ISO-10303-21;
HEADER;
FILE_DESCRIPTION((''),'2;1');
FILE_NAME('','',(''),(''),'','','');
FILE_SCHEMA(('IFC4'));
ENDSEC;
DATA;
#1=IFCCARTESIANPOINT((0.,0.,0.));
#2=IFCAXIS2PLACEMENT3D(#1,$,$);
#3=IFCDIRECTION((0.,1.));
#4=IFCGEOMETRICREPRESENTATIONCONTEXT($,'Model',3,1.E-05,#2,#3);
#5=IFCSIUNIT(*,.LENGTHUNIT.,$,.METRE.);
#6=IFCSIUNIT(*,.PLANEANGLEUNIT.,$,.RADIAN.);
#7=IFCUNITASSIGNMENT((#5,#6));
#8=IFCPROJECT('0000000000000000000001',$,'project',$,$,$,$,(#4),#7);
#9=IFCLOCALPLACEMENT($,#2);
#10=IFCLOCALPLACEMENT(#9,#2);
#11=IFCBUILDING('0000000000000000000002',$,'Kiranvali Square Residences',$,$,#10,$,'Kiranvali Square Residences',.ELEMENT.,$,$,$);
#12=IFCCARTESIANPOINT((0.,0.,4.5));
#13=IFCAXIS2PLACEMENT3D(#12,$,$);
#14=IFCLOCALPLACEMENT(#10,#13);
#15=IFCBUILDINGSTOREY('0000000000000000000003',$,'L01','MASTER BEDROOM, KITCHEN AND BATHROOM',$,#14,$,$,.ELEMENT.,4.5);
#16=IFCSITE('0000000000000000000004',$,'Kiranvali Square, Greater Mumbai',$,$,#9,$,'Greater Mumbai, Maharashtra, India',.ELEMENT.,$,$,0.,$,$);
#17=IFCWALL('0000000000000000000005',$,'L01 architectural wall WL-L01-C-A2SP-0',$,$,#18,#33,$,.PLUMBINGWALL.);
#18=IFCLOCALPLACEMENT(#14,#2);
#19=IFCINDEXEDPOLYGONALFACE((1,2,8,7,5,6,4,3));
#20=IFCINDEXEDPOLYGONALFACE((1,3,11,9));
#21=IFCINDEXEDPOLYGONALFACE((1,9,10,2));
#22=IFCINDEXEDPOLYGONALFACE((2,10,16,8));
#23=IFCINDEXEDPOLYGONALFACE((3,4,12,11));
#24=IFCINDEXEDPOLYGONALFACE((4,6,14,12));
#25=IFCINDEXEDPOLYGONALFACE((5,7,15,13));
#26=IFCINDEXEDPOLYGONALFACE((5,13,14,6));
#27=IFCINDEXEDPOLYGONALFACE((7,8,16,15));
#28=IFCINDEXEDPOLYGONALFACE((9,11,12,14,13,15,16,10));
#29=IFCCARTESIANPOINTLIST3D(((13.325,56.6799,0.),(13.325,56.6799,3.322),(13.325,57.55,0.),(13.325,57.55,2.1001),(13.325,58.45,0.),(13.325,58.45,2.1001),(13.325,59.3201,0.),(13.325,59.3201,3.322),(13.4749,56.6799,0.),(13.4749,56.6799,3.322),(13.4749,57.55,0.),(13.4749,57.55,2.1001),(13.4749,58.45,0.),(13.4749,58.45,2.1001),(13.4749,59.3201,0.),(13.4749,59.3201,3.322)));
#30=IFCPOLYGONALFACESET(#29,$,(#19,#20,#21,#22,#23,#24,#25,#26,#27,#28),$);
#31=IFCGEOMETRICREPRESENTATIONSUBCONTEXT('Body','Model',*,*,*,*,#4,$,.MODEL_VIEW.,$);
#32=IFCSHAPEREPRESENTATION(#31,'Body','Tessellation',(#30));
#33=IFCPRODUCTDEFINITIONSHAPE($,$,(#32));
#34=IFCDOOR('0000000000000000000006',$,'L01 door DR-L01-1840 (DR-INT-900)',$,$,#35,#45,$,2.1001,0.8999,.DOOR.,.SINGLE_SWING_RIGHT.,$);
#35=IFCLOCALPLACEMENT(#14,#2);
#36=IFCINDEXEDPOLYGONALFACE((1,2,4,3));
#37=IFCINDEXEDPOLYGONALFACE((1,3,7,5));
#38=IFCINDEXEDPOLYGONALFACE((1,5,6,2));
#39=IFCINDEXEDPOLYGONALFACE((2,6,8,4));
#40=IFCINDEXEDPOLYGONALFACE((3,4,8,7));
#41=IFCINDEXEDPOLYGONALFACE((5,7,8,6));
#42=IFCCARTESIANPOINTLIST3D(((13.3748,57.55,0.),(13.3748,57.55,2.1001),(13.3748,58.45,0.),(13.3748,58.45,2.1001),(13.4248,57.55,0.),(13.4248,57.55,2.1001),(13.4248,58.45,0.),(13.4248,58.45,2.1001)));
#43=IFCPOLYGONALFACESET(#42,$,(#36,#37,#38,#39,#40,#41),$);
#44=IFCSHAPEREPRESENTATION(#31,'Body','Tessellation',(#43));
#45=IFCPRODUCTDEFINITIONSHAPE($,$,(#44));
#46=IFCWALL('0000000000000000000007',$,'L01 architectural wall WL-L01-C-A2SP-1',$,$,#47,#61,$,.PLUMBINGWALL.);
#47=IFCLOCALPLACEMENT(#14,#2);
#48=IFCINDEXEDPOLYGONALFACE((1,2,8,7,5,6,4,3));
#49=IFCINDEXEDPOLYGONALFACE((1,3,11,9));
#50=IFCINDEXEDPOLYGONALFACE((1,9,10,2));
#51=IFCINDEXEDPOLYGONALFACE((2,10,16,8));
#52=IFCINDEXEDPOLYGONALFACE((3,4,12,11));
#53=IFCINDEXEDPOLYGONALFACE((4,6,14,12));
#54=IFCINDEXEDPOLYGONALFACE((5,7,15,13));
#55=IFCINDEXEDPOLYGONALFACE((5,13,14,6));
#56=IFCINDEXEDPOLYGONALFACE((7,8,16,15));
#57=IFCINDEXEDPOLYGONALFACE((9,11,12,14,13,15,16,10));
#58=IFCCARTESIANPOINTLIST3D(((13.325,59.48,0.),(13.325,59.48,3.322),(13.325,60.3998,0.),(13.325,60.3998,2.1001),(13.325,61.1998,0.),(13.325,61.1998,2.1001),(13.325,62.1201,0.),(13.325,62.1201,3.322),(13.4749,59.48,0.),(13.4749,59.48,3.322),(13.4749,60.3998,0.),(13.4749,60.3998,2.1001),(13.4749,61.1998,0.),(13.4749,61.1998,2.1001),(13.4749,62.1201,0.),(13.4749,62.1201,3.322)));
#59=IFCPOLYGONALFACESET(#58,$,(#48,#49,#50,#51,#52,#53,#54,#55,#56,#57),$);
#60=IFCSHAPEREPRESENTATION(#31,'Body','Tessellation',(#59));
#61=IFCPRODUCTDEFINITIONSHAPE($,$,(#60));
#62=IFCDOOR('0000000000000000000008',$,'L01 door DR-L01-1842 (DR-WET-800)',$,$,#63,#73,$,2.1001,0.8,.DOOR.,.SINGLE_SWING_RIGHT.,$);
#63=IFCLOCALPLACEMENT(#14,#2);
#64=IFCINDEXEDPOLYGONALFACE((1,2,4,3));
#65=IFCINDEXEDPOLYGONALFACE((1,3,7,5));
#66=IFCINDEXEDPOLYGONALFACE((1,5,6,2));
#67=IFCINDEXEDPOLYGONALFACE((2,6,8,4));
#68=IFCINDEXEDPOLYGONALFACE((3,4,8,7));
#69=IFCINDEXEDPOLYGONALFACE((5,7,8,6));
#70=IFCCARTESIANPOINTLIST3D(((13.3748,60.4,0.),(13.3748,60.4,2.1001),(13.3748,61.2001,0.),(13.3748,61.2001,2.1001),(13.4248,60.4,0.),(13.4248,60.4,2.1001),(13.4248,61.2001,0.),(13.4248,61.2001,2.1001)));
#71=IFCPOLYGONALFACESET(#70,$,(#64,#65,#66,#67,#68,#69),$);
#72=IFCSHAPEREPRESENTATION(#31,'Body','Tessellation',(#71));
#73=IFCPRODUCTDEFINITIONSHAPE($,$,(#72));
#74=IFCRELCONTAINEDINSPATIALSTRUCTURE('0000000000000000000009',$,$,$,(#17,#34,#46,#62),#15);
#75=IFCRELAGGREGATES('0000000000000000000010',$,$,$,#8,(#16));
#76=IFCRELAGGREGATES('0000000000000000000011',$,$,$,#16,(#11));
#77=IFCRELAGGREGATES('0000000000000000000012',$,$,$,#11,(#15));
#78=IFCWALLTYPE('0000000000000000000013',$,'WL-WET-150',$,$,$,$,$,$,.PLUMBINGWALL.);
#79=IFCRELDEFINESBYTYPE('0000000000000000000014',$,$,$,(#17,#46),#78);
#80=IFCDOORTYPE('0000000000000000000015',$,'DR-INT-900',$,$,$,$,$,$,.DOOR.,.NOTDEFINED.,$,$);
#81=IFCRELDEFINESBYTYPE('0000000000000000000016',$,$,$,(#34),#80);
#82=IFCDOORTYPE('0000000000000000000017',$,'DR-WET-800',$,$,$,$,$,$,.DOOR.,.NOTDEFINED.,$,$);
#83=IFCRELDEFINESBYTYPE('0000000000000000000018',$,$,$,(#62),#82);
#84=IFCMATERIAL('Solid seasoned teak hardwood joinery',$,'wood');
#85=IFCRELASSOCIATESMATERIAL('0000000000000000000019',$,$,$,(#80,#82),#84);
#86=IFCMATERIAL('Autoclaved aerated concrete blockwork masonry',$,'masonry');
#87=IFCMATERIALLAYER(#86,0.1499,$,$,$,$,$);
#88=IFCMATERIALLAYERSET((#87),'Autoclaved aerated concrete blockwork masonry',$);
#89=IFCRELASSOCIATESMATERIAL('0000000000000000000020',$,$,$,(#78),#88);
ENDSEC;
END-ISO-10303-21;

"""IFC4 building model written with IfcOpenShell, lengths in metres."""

from ifc_helpers import new_model, si_unit, direction, frame, frame_2d, origin, place, context, subcontext, project, spatial, rectangle, extrude, material, layer, layer_set, type_object, element, fill, save


model = new_model("IFC4")

# Units and contexts
model_context = context("Model", 3, precision=1e-05, world=origin(), true_north=direction((0.0, 1.0)))
body_context = subcontext(model_context, "Body", "Model", "MODEL_VIEW")
ifc_project = project(units=[si_unit("LENGTHUNIT", "METRE"), si_unit("PLANEANGLEUNIT", "RADIAN")], contexts=[model_context])

# Site, building, storey
site_placement = place(None, origin())
site = spatial("IfcSite", under=ifc_project, at=site_placement, Name="Kiranvali Square, Greater Mumbai", LongName="Greater Mumbai, Maharashtra, India", CompositionType="ELEMENT", RefElevation=0.0)
building_placement = place(site_placement, origin())
building = spatial("IfcBuilding", under=site, at=building_placement, Name="Kiranvali Square Residences", LongName="Kiranvali Square Residences", CompositionType="ELEMENT")
storey_placement = place(building_placement, frame((0.0, 0.0, 4.5)))
storey = spatial("IfcBuildingStorey", under=building, at=storey_placement, Name="L01", Description="MASTER BEDROOM, KITCHEN AND BATHROOM", CompositionType="ELEMENT", Elevation=4.5)

# Shared definitions
ifc_material_1 = material(Name="Autoclaved aerated concrete blockwork masonry", Category="masonry")

# Walls, openings, doors
ifc_material_2 = material(Name="Solid seasoned teak hardwood joinery", Category="wood")
door_type_1 = type_object("IfcDoorType", Name="DR-INT-900", OperationType="NOTDEFINED", PredefinedType="DOOR", material=ifc_material_2)
ifc_layer_1 = layer(ifc_material_1, 0.1499)
ifc_layer_set_1 = layer_set([ifc_layer_1], Name="Autoclaved aerated concrete blockwork masonry")
wall_type_1 = type_object("IfcWallType", Name="WL-WET-150", PredefinedType="PLUMBINGWALL", material=ifc_layer_set_1)
wall_1_placement = place(storey_placement, frame((13.3999, 56.6799, 0.0), z_axis=(0.0, 0.0, 1.0), x_axis=(0.0, 1.0, 0.0)))
wall_1 = element("IfcWall", 1, at=wall_1_placement, inside=storey, type_object=wall_type_1, Name="L01 architectural wall WL-L01-C-A2SP-0", PredefinedType="PLUMBINGWALL", context=body_context, shape_type="SweptSolid", body=[
    extrude(rectangle(XDim=2.6401, YDim=0.1499, at=frame_2d((1.3201, 0.0))), origin(), (0.0, 0.0, 1.0), 3.322),
])
opening_1_placement = place(wall_1_placement, frame((0.8701, 0.0, 0.0)))
opening_1 = element("IfcOpeningElement", 2, at=opening_1_placement, cuts=wall_1, PredefinedType="OPENING", context=body_context, shape_type="SweptSolid", body=[
    extrude(rectangle(XDim=0.8999, YDim=2.1001, at=frame_2d((0.45, 1.05))), frame((0.0, 0.085, 0.0), z_axis=(0.0, -1.0, 0.0), x_axis=(1.0, 0.0, 0.0)), (0.0, 0.0, 1.0), 0.1699),
])
door_1_placement = place(opening_1_placement, frame((0.8999, 0.0, 0.0), z_axis=(0.0, 0.0, 1.0), x_axis=(-1.0, 0.0, 0.0)))
door_1 = element("IfcDoor", 3, at=door_1_placement, inside=storey, type_object=door_type_1, Name="L01 door DR-L01-1840 (DR-INT-900)", OperationType="SINGLE_SWING_RIGHT", OverallHeight=2.1001, OverallWidth=0.8999, PredefinedType="DOOR", context=body_context, shape_type="SweptSolid", body=[
    extrude(rectangle(XDim=0.8999, YDim=2.1001, at=frame_2d((0.45, 1.05))), frame((0.0, 0.0249, 0.0), z_axis=(0.0, -1.0, 0.0), x_axis=(1.0, 0.0, 0.0)), (0.0, 0.0, 1.0), 0.05),
])
fill(opening_1, door_1)
wall_2_placement = place(storey_placement, frame((13.3999, 59.48, 0.0), z_axis=(0.0, 0.0, 1.0), x_axis=(0.0, 1.0, 0.0)))
wall_2 = element("IfcWall", 4, at=wall_2_placement, inside=storey, type_object=wall_type_1, Name="L01 architectural wall WL-L01-C-A2SP-1", PredefinedType="PLUMBINGWALL", context=body_context, shape_type="SweptSolid", body=[
    extrude(rectangle(XDim=2.6401, YDim=0.1499, at=frame_2d((1.3201, 0.0))), origin(), (0.0, 0.0, 1.0), 3.322),
])
opening_2_placement = place(wall_2_placement, frame((0.9199, 0.0, 0.0)))
opening_2 = element("IfcOpeningElement", 5, at=opening_2_placement, cuts=wall_2, PredefinedType="OPENING", context=body_context, shape_type="SweptSolid", body=[
    extrude(rectangle(XDim=0.8, YDim=2.1001, at=frame_2d((0.3999, 1.05))), frame((0.0, 0.085, 0.0), z_axis=(0.0, -1.0, 0.0), x_axis=(1.0, 0.0, 0.0)), (0.0, 0.0, 1.0), 0.1699),
])
door_type_2 = type_object("IfcDoorType", Name="DR-WET-800", OperationType="NOTDEFINED", PredefinedType="DOOR", material=ifc_material_2)
door_2_placement = place(opening_2_placement, frame((0.8, 0.0, 0.0), z_axis=(0.0, 0.0, 1.0), x_axis=(-1.0, 0.0, 0.0)))
door_2 = element("IfcDoor", 6, at=door_2_placement, inside=storey, type_object=door_type_2, Name="L01 door DR-L01-1842 (DR-WET-800)", OperationType="SINGLE_SWING_RIGHT", OverallHeight=2.1001, OverallWidth=0.8, PredefinedType="DOOR", context=body_context, shape_type="SweptSolid", body=[
    extrude(rectangle(XDim=0.8, YDim=2.1001, at=frame_2d((0.3999, 1.05))), frame((0.0, 0.0249, 0.0), z_axis=(0.0, -1.0, 0.0), x_axis=(1.0, 0.0, 0.0)), (0.0, 0.0, 1.0), 0.05),
])
fill(opening_2, door_2)

save(model, "model.ifc")
